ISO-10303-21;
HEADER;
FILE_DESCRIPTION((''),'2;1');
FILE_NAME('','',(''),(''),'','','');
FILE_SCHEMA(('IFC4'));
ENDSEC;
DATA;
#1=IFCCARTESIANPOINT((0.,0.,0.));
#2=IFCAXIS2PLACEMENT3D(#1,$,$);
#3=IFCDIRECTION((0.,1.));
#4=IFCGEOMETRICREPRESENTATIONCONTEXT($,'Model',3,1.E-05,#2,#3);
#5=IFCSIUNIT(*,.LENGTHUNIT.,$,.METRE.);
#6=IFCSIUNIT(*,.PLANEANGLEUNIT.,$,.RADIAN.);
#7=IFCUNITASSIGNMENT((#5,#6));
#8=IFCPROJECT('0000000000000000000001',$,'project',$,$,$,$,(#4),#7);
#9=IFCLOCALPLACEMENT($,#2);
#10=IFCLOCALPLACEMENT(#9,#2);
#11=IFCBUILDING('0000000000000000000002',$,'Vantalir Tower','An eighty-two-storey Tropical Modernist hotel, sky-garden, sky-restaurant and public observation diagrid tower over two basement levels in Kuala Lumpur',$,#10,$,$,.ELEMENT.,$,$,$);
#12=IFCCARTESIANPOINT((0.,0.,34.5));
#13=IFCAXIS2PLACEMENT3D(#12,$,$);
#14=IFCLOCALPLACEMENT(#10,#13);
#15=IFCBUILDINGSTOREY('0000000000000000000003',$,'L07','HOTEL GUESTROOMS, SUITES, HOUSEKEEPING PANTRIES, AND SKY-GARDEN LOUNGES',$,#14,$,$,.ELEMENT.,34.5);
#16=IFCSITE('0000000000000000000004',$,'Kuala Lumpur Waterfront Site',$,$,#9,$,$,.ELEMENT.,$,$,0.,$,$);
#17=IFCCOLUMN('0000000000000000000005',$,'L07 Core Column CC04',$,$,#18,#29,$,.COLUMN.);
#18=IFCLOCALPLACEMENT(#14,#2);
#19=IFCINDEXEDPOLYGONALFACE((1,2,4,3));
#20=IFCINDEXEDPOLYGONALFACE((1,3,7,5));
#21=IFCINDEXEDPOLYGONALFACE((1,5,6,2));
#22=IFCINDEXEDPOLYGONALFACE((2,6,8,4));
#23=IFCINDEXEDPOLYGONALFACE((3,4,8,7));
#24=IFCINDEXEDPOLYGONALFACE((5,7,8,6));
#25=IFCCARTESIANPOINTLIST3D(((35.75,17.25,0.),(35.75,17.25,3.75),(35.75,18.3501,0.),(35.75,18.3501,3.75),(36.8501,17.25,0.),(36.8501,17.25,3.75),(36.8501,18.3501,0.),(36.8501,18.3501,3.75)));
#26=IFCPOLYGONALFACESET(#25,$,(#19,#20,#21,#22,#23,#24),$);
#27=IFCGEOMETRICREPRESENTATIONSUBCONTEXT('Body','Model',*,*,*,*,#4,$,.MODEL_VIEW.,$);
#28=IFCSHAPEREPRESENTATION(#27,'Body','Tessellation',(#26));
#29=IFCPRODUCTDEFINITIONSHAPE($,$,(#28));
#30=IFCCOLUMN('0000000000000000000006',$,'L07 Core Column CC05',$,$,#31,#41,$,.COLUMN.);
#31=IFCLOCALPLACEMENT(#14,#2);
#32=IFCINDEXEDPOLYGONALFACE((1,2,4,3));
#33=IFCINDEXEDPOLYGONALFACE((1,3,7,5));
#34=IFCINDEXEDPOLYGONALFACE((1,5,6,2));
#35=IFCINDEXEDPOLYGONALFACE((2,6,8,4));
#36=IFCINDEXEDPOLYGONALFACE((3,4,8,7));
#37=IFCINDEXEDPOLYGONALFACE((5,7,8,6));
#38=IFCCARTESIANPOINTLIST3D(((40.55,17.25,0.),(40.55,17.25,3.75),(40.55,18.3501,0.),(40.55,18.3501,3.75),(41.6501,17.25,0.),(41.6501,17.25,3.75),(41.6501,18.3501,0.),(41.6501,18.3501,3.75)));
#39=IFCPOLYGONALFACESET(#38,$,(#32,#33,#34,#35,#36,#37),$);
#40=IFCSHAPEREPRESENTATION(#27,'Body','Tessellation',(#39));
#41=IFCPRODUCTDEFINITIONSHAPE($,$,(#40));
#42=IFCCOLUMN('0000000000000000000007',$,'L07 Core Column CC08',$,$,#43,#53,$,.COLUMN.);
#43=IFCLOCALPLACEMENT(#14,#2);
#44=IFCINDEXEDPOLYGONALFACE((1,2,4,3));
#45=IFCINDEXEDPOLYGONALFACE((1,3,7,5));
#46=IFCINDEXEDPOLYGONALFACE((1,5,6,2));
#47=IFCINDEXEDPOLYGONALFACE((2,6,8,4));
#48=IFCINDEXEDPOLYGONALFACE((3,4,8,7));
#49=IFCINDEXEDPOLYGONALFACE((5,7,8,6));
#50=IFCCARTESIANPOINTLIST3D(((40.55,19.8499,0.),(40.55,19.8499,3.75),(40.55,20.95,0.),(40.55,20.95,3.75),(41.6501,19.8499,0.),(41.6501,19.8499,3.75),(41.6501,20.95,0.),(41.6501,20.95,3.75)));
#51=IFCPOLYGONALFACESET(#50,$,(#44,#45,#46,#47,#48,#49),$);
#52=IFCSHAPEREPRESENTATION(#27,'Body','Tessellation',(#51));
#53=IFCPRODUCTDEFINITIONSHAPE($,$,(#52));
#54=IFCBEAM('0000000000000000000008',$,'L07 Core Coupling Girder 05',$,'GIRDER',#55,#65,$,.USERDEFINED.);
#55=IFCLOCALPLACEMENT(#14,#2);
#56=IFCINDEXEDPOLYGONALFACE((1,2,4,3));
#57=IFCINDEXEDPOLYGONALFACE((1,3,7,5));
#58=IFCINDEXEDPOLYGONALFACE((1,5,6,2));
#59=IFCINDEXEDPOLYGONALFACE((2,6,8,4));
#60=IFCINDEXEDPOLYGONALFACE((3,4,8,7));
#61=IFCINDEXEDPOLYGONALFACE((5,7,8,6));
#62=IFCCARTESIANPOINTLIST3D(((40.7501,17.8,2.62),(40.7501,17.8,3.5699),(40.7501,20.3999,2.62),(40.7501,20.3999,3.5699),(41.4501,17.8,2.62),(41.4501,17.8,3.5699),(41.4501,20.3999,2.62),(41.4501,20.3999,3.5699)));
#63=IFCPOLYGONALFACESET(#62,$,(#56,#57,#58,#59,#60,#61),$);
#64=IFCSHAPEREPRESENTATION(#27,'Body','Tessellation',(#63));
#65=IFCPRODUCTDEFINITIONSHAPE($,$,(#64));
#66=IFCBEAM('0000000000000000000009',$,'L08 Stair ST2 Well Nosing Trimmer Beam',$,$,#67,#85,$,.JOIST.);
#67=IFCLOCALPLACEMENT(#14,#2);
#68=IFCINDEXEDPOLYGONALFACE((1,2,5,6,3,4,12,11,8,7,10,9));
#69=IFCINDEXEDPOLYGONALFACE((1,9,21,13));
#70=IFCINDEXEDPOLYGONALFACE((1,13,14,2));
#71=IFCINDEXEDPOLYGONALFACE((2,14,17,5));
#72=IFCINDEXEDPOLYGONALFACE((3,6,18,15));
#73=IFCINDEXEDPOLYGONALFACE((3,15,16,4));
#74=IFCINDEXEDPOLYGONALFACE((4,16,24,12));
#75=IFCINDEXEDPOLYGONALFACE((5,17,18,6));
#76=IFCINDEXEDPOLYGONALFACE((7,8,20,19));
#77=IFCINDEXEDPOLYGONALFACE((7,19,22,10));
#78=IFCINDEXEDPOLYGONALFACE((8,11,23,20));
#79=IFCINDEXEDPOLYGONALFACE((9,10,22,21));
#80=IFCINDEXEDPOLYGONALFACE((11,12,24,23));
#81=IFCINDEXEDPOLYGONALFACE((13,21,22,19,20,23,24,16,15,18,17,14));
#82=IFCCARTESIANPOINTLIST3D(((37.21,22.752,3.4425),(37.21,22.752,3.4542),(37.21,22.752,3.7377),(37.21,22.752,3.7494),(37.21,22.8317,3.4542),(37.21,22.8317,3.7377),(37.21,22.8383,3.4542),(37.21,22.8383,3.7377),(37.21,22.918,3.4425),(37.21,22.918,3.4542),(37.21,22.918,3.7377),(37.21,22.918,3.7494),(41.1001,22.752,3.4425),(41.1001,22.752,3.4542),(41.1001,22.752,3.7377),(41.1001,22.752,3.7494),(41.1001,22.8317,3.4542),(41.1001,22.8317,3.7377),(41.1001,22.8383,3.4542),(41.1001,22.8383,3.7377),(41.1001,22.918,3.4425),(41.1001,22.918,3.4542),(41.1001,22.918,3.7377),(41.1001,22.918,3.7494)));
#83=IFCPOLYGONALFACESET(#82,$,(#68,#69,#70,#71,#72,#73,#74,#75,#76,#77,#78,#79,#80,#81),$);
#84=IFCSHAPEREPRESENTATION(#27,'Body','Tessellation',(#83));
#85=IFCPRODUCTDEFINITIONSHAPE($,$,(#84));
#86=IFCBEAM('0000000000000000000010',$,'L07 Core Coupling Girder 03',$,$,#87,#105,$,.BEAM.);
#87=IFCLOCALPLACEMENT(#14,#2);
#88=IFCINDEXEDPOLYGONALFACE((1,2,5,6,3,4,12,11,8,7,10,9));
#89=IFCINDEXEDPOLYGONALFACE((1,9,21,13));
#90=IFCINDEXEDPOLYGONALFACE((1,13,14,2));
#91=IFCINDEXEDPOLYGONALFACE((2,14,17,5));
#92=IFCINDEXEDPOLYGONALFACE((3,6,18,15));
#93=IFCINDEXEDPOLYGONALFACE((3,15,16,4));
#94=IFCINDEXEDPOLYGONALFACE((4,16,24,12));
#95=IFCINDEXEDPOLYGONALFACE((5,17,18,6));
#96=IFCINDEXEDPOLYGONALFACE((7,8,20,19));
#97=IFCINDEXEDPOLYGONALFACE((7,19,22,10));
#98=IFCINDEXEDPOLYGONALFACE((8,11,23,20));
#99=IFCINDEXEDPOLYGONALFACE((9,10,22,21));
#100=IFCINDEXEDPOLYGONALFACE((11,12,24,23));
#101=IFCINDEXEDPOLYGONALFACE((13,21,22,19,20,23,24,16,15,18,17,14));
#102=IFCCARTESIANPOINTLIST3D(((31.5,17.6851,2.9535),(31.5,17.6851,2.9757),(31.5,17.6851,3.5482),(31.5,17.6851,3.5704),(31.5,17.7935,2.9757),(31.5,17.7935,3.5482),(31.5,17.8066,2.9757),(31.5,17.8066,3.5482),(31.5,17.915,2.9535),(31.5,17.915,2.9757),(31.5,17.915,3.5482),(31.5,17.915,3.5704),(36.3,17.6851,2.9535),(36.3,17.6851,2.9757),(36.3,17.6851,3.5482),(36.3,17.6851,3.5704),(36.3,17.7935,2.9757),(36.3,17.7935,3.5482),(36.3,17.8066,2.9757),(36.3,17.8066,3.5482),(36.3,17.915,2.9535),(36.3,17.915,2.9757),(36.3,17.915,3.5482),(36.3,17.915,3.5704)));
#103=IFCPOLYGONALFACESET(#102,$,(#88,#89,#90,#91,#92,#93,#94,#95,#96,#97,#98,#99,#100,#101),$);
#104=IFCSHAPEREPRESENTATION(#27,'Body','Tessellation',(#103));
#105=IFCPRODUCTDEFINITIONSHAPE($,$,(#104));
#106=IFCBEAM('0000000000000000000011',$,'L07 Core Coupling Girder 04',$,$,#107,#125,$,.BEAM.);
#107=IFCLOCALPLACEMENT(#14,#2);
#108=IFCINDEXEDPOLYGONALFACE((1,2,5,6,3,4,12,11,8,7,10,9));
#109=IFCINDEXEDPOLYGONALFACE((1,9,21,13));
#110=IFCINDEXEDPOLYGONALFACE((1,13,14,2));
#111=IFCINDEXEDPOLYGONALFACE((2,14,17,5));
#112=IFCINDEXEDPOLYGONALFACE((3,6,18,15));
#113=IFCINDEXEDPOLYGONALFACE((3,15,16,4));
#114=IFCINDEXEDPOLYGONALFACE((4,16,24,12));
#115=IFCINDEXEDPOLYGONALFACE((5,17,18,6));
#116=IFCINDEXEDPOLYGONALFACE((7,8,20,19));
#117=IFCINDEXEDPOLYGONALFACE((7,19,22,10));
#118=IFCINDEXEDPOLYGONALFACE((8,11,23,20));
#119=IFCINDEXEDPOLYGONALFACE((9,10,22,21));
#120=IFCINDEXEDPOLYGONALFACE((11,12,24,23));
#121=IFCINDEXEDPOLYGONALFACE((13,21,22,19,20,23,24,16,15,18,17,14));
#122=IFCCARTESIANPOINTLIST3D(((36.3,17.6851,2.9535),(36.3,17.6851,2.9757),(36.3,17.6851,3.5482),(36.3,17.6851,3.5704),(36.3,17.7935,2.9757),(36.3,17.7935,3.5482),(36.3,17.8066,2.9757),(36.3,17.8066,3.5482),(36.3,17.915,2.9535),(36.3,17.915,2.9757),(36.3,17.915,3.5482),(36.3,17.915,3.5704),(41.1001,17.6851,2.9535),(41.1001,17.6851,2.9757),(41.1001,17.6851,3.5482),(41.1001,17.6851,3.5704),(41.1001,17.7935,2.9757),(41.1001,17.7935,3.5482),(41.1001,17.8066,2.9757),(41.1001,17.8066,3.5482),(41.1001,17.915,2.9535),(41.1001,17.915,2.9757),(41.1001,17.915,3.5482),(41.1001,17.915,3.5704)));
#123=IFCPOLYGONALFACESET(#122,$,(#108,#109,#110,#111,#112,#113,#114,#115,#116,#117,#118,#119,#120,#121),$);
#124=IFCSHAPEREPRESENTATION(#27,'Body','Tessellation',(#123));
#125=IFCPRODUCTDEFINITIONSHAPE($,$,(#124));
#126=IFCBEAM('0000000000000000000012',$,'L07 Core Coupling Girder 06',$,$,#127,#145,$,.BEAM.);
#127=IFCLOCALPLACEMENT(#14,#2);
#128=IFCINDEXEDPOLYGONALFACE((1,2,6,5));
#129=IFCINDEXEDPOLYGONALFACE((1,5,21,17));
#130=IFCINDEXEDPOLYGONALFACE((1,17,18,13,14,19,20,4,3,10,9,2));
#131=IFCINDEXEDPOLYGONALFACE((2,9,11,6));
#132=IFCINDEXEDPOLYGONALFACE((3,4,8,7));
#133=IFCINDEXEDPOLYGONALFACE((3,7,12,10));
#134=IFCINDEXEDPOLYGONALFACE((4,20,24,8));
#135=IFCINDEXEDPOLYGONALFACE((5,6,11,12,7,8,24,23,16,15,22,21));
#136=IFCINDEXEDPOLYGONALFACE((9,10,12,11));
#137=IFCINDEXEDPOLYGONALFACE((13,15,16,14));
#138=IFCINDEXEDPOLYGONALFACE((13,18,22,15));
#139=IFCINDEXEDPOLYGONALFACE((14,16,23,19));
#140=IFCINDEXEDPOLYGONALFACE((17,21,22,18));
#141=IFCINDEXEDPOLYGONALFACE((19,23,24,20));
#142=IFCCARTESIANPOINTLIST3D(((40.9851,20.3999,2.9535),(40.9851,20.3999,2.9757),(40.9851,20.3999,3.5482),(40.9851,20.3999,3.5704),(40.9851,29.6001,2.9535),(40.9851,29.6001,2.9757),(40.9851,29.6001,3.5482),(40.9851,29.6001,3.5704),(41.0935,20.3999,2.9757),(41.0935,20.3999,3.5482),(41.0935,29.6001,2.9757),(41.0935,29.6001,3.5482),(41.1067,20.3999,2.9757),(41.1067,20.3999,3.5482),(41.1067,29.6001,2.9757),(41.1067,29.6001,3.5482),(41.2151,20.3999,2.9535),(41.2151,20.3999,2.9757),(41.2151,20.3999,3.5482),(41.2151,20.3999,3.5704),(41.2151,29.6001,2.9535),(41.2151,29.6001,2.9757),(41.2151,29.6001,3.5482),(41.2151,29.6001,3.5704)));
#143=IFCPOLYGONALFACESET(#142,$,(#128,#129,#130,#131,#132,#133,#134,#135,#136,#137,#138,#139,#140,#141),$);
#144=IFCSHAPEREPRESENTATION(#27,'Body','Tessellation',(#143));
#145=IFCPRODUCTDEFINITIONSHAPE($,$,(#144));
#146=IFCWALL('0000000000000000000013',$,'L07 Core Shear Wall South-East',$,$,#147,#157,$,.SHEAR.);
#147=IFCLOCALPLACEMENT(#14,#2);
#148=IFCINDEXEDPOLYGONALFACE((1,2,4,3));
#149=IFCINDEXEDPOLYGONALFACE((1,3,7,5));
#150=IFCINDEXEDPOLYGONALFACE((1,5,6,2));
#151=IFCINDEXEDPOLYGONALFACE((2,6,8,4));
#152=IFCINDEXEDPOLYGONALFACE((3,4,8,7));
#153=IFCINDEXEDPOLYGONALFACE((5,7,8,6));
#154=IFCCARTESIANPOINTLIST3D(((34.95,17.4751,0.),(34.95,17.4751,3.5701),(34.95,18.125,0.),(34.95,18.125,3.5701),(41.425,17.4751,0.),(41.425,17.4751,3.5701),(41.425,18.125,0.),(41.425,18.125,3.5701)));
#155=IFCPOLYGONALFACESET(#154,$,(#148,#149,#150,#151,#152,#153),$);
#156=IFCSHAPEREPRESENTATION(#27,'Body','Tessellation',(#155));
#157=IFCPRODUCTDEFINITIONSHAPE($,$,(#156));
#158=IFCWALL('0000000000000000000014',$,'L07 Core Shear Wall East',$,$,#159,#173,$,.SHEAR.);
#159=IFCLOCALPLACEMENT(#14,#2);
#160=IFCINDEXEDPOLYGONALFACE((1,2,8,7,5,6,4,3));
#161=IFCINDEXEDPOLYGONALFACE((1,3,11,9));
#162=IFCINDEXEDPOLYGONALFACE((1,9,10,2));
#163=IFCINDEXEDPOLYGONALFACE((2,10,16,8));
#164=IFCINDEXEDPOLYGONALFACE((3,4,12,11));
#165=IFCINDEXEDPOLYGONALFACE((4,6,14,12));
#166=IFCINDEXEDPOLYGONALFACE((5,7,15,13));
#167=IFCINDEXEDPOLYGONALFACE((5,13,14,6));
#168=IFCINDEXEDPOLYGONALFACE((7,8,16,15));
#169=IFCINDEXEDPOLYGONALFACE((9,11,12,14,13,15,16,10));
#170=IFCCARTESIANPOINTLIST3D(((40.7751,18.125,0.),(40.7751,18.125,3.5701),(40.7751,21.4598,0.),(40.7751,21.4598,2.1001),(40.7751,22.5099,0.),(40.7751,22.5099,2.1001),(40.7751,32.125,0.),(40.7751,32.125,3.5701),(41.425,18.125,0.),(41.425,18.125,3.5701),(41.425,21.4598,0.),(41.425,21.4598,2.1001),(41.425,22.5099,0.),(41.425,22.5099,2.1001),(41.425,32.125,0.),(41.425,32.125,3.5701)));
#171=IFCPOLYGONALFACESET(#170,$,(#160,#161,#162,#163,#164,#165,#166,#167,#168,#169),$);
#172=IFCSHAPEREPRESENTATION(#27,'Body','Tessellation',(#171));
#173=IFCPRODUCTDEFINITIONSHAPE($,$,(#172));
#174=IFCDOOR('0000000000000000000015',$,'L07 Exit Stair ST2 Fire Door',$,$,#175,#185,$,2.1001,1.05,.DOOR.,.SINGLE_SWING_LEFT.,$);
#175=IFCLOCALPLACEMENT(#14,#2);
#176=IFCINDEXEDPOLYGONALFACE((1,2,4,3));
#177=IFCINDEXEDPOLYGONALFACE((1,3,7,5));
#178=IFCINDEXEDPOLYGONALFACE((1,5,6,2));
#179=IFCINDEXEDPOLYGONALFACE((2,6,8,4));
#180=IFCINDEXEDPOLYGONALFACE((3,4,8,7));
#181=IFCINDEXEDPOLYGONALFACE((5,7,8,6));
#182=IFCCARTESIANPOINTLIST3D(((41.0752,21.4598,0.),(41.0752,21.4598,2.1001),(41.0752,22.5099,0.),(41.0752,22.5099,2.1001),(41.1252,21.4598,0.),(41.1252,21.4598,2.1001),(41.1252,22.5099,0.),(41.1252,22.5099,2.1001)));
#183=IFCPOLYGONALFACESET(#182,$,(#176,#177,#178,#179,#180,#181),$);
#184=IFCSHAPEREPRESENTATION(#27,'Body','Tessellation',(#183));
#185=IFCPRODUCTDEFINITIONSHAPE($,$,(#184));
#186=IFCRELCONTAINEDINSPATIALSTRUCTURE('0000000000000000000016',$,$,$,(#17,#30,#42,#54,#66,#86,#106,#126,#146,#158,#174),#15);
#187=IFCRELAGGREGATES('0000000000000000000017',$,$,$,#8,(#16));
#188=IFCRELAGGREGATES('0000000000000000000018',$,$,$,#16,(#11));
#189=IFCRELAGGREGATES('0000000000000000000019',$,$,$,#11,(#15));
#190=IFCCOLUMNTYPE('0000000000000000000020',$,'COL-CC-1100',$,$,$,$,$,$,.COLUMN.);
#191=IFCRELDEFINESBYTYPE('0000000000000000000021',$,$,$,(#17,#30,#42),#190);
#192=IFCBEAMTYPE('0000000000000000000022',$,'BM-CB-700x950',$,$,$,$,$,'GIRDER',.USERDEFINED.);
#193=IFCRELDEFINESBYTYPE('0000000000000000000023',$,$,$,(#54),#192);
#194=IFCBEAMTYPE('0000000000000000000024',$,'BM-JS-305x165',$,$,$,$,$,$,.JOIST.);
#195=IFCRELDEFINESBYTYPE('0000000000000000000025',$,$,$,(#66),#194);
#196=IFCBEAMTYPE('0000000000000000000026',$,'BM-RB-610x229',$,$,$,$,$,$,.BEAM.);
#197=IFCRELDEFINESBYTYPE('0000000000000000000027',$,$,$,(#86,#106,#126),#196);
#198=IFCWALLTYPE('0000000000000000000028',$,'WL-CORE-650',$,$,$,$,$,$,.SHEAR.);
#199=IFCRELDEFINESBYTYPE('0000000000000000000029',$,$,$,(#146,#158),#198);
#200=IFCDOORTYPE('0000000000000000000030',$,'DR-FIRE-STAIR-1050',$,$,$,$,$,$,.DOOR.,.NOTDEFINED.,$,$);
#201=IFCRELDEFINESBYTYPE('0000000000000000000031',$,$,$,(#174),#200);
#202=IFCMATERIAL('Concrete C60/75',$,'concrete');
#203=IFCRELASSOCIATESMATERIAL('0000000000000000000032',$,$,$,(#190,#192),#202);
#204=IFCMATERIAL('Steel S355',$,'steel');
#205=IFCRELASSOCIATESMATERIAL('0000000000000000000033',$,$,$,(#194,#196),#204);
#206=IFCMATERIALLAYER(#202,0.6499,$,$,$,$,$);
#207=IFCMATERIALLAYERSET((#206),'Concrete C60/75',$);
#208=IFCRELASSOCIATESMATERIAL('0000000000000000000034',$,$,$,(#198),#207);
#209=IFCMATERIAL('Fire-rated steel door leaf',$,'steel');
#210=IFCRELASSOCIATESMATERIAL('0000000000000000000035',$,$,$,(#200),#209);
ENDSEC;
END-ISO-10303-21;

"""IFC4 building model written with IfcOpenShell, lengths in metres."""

from ifc_helpers import new_model, si_unit, direction, frame, frame_2d, origin, origin_2d, place, context, subcontext, project, spatial, rectangle, i_section, extrude, material, layer, layer_set, material_profile, profile_set, type_object, element, fill, save


model = new_model("IFC4")

# Units and contexts
model_context = context("Model", 3, precision=1e-05, world=origin(), true_north=direction((0.0, 1.0)))
body_context = subcontext(model_context, "Body", "Model", "MODEL_VIEW")
ifc_project = project(units=[si_unit("LENGTHUNIT", "METRE"), si_unit("PLANEANGLEUNIT", "RADIAN")], contexts=[model_context])

# Site, building, storey
site_placement = place(None, origin())
site = spatial("IfcSite", under=ifc_project, at=site_placement, Name="Kuala Lumpur Waterfront Site", CompositionType="ELEMENT", RefElevation=0.0)
building_placement = place(site_placement, origin())
building = spatial("IfcBuilding", under=site, at=building_placement, Name="Vantalir Tower", Description="An eighty-two-storey Tropical Modernist hotel, sky-garden, sky-restaurant and public observation diagrid tower over two basement levels in Kuala Lumpur", CompositionType="ELEMENT")
storey_placement = place(building_placement, frame((0.0, 0.0, 34.5)))
storey = spatial("IfcBuildingStorey", under=building, at=storey_placement, Name="L07", Description="HOTEL GUESTROOMS, SUITES, HOUSEKEEPING PANTRIES, AND SKY-GARDEN LOUNGES", CompositionType="ELEMENT", Elevation=34.5)

# Columns
ifc_material_1 = material(Name="Concrete C60/75", Category="concrete")
ifc_material_profile_1 = material_profile(ifc_material_1, rectangle(XDim=1.1001, YDim=1.1001, at=origin_2d()), Name="Concrete C60/75")
ifc_profile_set_1 = profile_set([ifc_material_profile_1], Name="Concrete C60/75")
column_type = type_object("IfcColumnType", Name="COL-CC-1100", PredefinedType="COLUMN", material=ifc_profile_set_1)
for number, where, z_axis, x_axis, name in (
    (1, (36.3, 17.8, 0.0), (0.0, 0.0, 1.0), (1.0, 0.0, 0.0), "L07 Core Column CC04"),
    (2, (41.1001, 17.8, 0.0), (0.0, 0.0, 1.0), (1.0, 0.0, 0.0), "L07 Core Column CC05"),
    (3, (41.1001, 20.3999, 0.0), (0.0, 0.0, 1.0), (1.0, 0.0, 0.0), "L07 Core Column CC08"),
):
    element("IfcColumn", number, at=place(storey_placement, frame(where, z_axis=z_axis, x_axis=x_axis)), inside=storey, type_object=column_type, Name=name, PredefinedType="COLUMN", context=body_context, shape_type="SweptSolid", body=[
        extrude(rectangle(XDim=1.1001, YDim=1.1001, at=origin_2d()), origin(), (0.0, 0.0, 1.0), 3.75),
    ])

# Beams
ifc_material_profile_2 = material_profile(ifc_material_1, rectangle(XDim=0.7, YDim=0.95, at=origin_2d()), Name="Concrete C60/75")
ifc_profile_set_2 = profile_set([ifc_material_profile_2], Name="Concrete C60/75")
beam_type_1 = type_object("IfcBeamType", Name="BM-CB-700x950", ElementType="GIRDER", PredefinedType="USERDEFINED", material=ifc_profile_set_2)
beam_1_placement = place(storey_placement, frame((41.1001, 17.8, 3.095), z_axis=(0.0, 1.0, 0.0), x_axis=(-1.0, 0.0, 0.0)))
element("IfcBeam", 4, at=beam_1_placement, inside=storey, type_object=beam_type_1, Name="L07 Core Coupling Girder 05", ObjectType="GIRDER", PredefinedType="USERDEFINED", context=body_context, shape_type="SweptSolid", body=[
    extrude(rectangle(XDim=0.7, YDim=0.95, at=origin_2d()), origin(), (0.0, 0.0, 1.0), 2.5999),
])
ifc_material_2 = material(Name="Steel S355", Category="steel")
ifc_material_profile_3 = material_profile(ifc_material_2, i_section(OverallWidth=0.166, OverallDepth=0.3069, WebThickness=0.0066, FlangeThickness=0.0117, at=origin_2d()), Name="Steel S355")
ifc_profile_set_3 = profile_set([ifc_material_profile_3], Name="Steel S355")
beam_type_2 = type_object("IfcBeamType", Name="BM-JS-305x165", PredefinedType="JOIST", material=ifc_profile_set_3)
beam_2_placement = place(storey_placement, frame((37.21, 22.835, 3.5959), z_axis=(1.0, 0.0, 0.0), x_axis=(0.0, 1.0, 0.0)))
element("IfcBeam", 5, at=beam_2_placement, inside=storey, type_object=beam_type_2, Name="L08 Stair ST2 Well Nosing Trimmer Beam", PredefinedType="JOIST", context=body_context, shape_type="SweptSolid", body=[
    extrude(i_section(OverallWidth=0.166, OverallDepth=0.3069, WebThickness=0.0066, FlangeThickness=0.0117, at=origin_2d()), origin(), (0.0, 0.0, 1.0), 3.8901),
])
ifc_material_profile_4 = material_profile(ifc_material_2, i_section(OverallWidth=0.23, OverallDepth=0.6169, WebThickness=0.0132, FlangeThickness=0.0222, at=origin_2d()), Name="Steel S355")
ifc_profile_set_4 = profile_set([ifc_material_profile_4], Name="Steel S355")
beam_type_3 = type_object("IfcBeamType", Name="BM-RB-610x229", PredefinedType="BEAM", material=ifc_profile_set_4)
for number, where, z_axis, x_axis, name in (
    (6, (31.5, 17.8, 3.262), (1.0, 0.0, 0.0), (0.0, 1.0, 0.0), "L07 Core Coupling Girder 03"),
    (7, (36.3, 17.8, 3.262), (1.0, 0.0, 0.0), (0.0, 1.0, 0.0), "L07 Core Coupling Girder 04"),
):
    element("IfcBeam", number, at=place(storey_placement, frame(where, z_axis=z_axis, x_axis=x_axis)), inside=storey, type_object=beam_type_3, Name=name, PredefinedType="BEAM", context=body_context, shape_type="SweptSolid", body=[
        extrude(i_section(OverallWidth=0.23, OverallDepth=0.6169, WebThickness=0.0132, FlangeThickness=0.0222, at=origin_2d()), origin(), (0.0, 0.0, 1.0), 4.8),
    ])
beam_3_placement = place(storey_placement, frame((41.1001, 20.3999, 3.262), z_axis=(0.0, 1.0, 0.0), x_axis=(-1.0, 0.0, 0.0)))
element("IfcBeam", 8, at=beam_3_placement, inside=storey, type_object=beam_type_3, Name="L07 Core Coupling Girder 06", PredefinedType="BEAM", context=body_context, shape_type="SweptSolid", body=[
    extrude(i_section(OverallWidth=0.23, OverallDepth=0.6169, WebThickness=0.0132, FlangeThickness=0.0222, at=origin_2d()), origin(), (0.0, 0.0, 1.0), 9.2002),
])

# Wall
ifc_layer_1 = layer(ifc_material_1, 0.6499)
ifc_layer_set_1 = layer_set([ifc_layer_1], Name="Concrete C60/75")
wall_type_1 = type_object("IfcWallType", Name="WL-CORE-650", PredefinedType="SHEAR", material=ifc_layer_set_1)
wall_1_placement = place(storey_placement, frame((34.95, 17.8, 0.0), z_axis=(0.0, 0.0, 1.0), x_axis=(1.0, 0.0, 0.0)))
element("IfcWall", 9, at=wall_1_placement, inside=storey, type_object=wall_type_1, Name="L07 Core Shear Wall South-East", PredefinedType="SHEAR", context=body_context, shape_type="SweptSolid", body=[
    extrude(rectangle(XDim=6.4751, YDim=0.6499, at=frame_2d((3.2375, 0.0))), origin(), (0.0, 0.0, 1.0), 3.5701),
])

# Wall, opening, door
wall_2_placement = place(storey_placement, frame((41.1001, 18.125, 0.0), z_axis=(0.0, 0.0, 1.0), x_axis=(0.0, 1.0, 0.0)))
wall_2 = element("IfcWall", 10, at=wall_2_placement, inside=storey, type_object=wall_type_1, Name="L07 Core Shear Wall East", PredefinedType="SHEAR", context=body_context, shape_type="SweptSolid", body=[
    extrude(rectangle(XDim=14.0, YDim=0.6499, at=frame_2d((7.0, 0.0))), origin(), (0.0, 0.0, 1.0), 3.5701),
])
opening_1_placement = place(wall_2_placement, frame((3.335, 0.0, 0.0)))
opening_1 = element("IfcOpeningElement", 11, at=opening_1_placement, cuts=wall_2, PredefinedType="OPENING", context=body_context, shape_type="SweptSolid", body=[
    extrude(rectangle(XDim=1.05, YDim=2.1001, at=frame_2d((0.5249, 1.05))), frame((0.0, 0.335, 0.0), z_axis=(0.0, -1.0, 0.0), x_axis=(1.0, 0.0, 0.0)), (0.0, 0.0, 1.0), 0.6699),
])
ifc_material_3 = material(Name="Fire-rated steel door leaf", Category="steel")
door_type_1 = type_object("IfcDoorType", Name="DR-FIRE-STAIR-1050", OperationType="NOTDEFINED", PredefinedType="DOOR", material=ifc_material_3)
door_1_placement = place(opening_1_placement, origin())
door_1 = element("IfcDoor", 12, at=door_1_placement, inside=storey, type_object=door_type_1, Name="L07 Exit Stair ST2 Fire Door", OperationType="SINGLE_SWING_LEFT", OverallHeight=2.1001, OverallWidth=1.05, PredefinedType="DOOR", context=body_context, shape_type="SweptSolid", body=[
    extrude(rectangle(XDim=1.05, YDim=2.1001, at=frame_2d((0.5249, 1.05))), frame((0.0, 0.0249, 0.0), z_axis=(0.0, -1.0, 0.0), x_axis=(1.0, 0.0, 0.0)), (0.0, 0.0, 1.0), 0.05),
])
fill(opening_1, door_1)

save(model, "model.ifc")
